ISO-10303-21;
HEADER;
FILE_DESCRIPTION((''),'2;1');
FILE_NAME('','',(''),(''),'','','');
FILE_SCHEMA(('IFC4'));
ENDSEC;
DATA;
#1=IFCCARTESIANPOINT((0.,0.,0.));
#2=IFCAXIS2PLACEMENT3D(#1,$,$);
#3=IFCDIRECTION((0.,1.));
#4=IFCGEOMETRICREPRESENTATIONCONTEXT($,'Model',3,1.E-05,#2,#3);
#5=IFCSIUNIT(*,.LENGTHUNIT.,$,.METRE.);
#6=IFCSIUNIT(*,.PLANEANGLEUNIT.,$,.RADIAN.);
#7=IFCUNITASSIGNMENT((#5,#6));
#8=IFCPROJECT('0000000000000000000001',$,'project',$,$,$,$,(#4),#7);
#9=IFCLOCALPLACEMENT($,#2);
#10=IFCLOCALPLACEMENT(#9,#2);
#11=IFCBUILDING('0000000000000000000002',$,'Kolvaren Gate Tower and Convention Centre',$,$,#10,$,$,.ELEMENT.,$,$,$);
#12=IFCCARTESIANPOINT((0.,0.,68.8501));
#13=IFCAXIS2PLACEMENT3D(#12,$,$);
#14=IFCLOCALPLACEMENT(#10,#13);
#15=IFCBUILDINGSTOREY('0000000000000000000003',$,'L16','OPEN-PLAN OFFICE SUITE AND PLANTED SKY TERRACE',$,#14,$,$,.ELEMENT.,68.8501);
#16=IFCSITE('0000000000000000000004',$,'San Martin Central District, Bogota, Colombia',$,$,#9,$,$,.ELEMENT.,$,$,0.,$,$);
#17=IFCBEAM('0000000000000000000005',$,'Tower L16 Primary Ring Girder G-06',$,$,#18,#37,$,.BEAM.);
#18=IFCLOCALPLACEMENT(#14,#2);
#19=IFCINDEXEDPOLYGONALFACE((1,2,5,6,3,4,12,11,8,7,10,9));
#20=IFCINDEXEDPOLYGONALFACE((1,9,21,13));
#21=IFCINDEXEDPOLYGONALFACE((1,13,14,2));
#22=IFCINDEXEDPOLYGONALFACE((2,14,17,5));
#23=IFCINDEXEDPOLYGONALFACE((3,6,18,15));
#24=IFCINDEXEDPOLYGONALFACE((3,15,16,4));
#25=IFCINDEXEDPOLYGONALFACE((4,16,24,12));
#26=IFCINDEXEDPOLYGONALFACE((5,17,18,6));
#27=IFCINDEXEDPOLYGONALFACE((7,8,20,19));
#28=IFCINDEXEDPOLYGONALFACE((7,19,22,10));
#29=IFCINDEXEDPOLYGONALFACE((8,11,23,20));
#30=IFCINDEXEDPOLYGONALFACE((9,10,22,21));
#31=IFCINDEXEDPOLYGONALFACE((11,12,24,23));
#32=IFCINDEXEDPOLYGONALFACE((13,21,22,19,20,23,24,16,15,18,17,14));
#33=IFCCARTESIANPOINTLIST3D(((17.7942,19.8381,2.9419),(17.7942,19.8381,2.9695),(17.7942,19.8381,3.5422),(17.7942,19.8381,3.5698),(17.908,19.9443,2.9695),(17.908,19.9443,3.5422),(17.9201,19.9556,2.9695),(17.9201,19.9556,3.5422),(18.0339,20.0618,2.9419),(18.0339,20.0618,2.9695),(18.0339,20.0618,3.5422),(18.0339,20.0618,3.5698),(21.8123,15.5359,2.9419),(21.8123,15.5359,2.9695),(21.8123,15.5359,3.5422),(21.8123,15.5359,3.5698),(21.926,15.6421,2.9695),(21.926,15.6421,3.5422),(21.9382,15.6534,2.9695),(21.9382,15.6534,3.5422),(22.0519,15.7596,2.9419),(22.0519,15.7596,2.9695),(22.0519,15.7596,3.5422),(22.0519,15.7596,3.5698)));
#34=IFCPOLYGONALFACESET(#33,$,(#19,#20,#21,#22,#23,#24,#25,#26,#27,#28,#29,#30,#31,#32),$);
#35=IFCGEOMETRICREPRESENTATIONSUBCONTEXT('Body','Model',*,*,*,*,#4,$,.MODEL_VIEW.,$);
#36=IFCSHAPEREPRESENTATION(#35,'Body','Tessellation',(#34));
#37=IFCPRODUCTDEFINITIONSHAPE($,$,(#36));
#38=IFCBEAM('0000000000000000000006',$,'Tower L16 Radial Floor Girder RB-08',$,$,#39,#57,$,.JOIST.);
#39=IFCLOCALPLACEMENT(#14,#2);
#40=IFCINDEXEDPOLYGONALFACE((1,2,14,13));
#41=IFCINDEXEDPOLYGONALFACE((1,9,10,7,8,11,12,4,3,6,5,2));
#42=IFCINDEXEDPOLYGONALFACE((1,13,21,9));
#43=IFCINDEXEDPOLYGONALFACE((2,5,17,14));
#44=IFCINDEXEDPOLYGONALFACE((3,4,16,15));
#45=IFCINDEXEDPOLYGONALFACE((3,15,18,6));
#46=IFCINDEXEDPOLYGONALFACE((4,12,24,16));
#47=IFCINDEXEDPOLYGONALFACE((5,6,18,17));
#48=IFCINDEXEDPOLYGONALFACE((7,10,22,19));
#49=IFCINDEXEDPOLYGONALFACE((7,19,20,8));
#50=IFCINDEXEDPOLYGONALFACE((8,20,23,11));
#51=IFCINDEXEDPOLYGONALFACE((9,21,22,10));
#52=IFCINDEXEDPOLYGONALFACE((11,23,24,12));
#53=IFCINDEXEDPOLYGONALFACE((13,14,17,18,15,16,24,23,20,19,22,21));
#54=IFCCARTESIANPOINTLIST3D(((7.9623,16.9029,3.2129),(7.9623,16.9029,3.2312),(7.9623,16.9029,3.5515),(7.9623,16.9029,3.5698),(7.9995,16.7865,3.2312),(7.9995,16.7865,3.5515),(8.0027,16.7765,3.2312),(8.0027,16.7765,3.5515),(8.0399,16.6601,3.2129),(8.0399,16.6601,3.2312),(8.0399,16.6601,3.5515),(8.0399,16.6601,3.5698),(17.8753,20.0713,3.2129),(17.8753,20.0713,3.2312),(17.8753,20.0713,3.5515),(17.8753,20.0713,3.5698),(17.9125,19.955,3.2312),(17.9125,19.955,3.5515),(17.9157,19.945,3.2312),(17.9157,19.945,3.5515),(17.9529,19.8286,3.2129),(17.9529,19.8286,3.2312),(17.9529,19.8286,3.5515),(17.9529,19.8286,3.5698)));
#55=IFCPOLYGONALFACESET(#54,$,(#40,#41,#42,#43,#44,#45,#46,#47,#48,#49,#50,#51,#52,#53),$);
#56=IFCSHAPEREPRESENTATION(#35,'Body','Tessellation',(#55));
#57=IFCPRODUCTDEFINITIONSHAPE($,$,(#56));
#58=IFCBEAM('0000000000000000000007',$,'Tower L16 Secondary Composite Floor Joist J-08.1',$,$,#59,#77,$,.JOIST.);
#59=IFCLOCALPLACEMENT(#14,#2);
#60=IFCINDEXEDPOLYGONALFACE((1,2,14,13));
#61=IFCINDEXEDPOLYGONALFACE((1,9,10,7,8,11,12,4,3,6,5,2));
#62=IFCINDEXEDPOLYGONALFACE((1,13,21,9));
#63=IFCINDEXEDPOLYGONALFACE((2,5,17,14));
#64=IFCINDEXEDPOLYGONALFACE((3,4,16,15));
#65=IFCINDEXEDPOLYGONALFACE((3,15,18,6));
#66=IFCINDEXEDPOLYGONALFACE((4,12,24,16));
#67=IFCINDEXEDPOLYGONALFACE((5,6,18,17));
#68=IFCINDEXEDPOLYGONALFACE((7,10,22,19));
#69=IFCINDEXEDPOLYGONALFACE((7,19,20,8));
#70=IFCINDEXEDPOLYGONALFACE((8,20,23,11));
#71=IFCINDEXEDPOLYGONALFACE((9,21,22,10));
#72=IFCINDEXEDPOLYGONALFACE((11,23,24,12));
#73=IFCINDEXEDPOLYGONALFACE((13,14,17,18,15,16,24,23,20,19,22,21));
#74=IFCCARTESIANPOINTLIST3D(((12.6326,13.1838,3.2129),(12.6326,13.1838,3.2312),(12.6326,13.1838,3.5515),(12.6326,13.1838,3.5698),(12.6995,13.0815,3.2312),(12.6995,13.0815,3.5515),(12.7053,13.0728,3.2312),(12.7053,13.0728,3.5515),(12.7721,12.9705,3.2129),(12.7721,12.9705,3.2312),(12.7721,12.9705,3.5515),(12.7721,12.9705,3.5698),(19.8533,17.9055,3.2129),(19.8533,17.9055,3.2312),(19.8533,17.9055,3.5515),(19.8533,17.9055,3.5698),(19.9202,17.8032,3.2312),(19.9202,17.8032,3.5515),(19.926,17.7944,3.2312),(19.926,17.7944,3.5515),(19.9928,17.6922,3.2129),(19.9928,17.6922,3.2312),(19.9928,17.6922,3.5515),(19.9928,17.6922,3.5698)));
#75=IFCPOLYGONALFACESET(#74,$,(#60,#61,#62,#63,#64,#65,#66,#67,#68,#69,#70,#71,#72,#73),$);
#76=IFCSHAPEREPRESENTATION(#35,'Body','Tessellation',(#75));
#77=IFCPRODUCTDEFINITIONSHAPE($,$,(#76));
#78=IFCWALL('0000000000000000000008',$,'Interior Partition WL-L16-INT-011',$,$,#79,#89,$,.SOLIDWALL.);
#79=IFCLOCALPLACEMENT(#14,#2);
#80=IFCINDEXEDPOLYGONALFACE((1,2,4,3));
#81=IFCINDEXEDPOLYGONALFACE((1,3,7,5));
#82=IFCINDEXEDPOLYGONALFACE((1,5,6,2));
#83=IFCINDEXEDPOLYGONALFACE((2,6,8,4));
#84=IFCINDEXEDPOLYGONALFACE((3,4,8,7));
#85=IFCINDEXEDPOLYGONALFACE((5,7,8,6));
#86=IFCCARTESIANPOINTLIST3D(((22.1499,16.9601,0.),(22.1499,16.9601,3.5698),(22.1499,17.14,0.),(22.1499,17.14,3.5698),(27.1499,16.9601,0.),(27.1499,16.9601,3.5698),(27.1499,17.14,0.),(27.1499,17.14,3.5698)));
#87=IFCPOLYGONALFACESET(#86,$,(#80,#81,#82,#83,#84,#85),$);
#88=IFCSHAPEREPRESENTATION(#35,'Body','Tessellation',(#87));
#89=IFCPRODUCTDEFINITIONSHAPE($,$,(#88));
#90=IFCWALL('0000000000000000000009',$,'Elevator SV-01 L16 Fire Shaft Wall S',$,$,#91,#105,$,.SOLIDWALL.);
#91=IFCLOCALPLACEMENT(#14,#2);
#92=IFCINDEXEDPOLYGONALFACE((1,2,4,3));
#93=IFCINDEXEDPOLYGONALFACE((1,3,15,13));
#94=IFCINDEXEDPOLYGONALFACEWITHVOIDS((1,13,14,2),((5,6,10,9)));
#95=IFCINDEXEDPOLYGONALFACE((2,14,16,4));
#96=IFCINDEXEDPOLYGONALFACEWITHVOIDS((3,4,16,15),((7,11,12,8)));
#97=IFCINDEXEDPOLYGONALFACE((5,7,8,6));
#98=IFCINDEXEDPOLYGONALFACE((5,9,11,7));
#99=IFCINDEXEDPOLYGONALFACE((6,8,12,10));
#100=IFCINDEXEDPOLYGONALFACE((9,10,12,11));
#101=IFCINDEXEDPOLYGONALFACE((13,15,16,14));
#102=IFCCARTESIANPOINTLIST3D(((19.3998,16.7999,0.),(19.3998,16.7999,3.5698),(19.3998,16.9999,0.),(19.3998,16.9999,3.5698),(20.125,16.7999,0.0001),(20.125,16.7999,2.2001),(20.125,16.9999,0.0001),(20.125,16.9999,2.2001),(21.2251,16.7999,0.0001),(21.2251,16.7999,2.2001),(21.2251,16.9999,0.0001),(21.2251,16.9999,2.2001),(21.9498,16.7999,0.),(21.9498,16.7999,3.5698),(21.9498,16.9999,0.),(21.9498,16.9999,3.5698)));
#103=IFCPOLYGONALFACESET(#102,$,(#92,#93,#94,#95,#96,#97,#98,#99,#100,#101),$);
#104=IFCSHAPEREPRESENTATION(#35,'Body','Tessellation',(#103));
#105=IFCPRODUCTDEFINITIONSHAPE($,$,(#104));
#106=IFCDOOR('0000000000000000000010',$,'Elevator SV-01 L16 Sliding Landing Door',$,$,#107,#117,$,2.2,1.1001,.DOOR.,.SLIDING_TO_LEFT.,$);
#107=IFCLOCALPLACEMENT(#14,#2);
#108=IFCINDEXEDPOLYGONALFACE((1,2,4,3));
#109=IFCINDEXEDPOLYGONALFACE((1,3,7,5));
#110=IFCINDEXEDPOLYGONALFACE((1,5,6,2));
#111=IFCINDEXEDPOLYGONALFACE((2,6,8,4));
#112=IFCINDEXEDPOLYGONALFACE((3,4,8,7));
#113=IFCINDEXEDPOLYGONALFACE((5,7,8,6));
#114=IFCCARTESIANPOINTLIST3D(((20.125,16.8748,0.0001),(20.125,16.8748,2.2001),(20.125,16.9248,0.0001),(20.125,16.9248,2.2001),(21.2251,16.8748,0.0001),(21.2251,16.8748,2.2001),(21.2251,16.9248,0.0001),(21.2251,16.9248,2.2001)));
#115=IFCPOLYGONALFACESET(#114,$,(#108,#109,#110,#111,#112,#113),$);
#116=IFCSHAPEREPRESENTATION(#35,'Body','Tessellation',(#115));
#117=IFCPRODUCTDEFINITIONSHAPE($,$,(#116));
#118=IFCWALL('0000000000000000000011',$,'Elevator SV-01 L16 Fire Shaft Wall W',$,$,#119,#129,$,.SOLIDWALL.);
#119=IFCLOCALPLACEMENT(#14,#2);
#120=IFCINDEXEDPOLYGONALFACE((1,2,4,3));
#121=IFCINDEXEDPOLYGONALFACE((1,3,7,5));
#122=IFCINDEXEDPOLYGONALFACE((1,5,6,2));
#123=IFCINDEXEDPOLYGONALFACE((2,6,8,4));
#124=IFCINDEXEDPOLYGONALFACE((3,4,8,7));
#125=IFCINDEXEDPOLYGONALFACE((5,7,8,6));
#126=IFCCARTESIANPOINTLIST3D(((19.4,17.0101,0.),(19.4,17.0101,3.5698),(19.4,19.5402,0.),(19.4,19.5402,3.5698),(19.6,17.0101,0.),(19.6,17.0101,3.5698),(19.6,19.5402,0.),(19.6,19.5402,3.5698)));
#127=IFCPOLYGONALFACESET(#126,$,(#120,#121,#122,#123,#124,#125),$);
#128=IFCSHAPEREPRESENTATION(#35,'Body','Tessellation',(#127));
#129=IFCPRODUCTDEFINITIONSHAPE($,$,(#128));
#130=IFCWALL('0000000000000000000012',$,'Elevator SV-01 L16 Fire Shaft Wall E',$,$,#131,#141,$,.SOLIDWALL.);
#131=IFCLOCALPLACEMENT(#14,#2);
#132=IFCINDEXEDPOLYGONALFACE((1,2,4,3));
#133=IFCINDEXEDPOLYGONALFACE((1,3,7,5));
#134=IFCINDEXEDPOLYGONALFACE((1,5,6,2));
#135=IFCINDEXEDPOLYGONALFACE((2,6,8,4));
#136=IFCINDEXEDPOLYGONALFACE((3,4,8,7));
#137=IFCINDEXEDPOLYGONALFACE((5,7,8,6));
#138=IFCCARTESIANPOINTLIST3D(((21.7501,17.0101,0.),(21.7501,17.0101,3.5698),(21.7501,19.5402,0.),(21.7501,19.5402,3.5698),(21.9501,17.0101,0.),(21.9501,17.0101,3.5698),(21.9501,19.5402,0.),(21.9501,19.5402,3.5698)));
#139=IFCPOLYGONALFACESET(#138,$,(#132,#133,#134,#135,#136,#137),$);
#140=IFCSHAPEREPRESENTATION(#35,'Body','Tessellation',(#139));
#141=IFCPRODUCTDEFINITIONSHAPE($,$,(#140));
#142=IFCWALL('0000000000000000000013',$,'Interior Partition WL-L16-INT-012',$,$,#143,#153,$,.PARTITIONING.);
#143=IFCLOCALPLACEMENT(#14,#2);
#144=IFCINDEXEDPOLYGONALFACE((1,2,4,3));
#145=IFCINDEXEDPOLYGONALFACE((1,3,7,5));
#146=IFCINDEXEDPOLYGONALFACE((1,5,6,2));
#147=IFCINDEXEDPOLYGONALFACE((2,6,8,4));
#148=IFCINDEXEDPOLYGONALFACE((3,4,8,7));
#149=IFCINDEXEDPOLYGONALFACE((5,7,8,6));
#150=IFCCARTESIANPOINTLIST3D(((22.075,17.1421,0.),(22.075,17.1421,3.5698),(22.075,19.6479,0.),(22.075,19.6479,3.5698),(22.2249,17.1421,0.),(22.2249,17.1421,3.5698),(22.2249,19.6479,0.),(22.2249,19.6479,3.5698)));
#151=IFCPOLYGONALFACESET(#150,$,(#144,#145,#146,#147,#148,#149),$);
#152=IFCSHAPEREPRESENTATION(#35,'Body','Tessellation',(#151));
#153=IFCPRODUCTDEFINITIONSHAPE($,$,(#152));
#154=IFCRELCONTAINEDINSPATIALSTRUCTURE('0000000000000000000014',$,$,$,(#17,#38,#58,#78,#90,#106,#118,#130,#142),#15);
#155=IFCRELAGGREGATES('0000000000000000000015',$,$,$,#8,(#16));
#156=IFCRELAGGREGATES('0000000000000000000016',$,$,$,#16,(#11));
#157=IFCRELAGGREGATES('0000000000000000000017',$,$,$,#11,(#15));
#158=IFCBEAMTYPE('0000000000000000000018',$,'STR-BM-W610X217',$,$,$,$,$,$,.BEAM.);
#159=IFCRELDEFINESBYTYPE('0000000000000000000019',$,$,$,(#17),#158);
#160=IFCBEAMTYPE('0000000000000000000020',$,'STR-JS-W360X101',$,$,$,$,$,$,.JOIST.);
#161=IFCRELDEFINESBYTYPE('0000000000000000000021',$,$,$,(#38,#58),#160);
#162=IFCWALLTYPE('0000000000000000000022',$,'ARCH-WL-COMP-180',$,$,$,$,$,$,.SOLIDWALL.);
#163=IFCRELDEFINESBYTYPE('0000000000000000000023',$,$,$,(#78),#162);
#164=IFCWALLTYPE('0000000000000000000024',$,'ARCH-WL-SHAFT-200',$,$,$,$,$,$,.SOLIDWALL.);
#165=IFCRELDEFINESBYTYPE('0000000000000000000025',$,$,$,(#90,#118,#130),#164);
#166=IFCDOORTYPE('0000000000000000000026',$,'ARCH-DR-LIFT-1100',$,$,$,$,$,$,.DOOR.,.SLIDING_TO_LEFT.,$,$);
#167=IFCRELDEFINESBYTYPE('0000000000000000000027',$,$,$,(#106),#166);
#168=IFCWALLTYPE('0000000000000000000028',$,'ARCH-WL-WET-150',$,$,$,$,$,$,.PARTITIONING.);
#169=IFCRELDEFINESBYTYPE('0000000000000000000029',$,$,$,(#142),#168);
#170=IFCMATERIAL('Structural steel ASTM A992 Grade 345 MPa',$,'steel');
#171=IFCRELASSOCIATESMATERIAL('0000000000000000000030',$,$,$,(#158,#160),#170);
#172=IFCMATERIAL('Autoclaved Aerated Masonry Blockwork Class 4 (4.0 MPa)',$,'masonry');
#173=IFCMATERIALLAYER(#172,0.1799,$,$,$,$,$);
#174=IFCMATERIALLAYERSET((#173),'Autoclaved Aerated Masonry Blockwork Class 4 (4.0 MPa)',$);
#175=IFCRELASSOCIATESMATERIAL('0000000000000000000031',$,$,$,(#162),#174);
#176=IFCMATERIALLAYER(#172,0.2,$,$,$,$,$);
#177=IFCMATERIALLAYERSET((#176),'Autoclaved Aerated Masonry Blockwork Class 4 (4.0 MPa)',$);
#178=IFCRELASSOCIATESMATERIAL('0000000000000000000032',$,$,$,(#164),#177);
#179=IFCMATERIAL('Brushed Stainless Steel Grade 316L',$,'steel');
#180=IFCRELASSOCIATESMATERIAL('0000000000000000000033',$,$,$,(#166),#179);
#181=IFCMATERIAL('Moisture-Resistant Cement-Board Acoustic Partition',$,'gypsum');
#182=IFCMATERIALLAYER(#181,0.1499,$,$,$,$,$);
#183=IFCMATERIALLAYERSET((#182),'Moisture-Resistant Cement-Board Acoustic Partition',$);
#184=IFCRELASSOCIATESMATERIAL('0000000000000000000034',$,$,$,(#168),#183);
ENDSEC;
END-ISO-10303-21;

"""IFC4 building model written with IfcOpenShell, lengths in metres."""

from ifc_helpers import new_model, si_unit, direction, frame, frame_2d, origin, origin_2d, place, context, subcontext, project, spatial, rectangle, i_section, extrude, material, layer, layer_set, material_profile, profile_set, type_object, element, fill, save


model = new_model("IFC4")

# Units and contexts
model_context = context("Model", 3, precision=1e-05, world=origin(), true_north=direction((0.0, 1.0)))
body_context = subcontext(model_context, "Body", "Model", "MODEL_VIEW")
ifc_project = project(units=[si_unit("LENGTHUNIT", "METRE"), si_unit("PLANEANGLEUNIT", "RADIAN")], contexts=[model_context])

# Site, building, storey
site_placement = place(None, origin())
site = spatial("IfcSite", under=ifc_project, at=site_placement, Name="San Martin Central District, Bogota, Colombia", CompositionType="ELEMENT", RefElevation=0.0)
building_placement = place(site_placement, origin())
building = spatial("IfcBuilding", under=site, at=building_placement, Name="Kolvaren Gate Tower and Convention Centre", CompositionType="ELEMENT")
storey_placement = place(building_placement, frame((0.0, 0.0, 68.8501)))
storey = spatial("IfcBuildingStorey", under=building, at=storey_placement, Name="L16", Description="OPEN-PLAN OFFICE SUITE AND PLANTED SKY TERRACE", CompositionType="ELEMENT", Elevation=68.8501)

# Beams
ifc_material_1 = material(Name="Structural steel ASTM A992 Grade 345 MPa", Category="steel")
ifc_material_profile_1 = material_profile(ifc_material_1, i_section(OverallWidth=0.3279, OverallDepth=0.6279, WebThickness=0.0166, FlangeThickness=0.0276, at=origin_2d()), Name="W610X217")
ifc_profile_set_1 = profile_set([ifc_material_profile_1], Name="Structural steel ASTM A992 Grade 345 MPa")
beam_type_1 = type_object("IfcBeamType", Name="STR-BM-W610X217", PredefinedType="BEAM", material=ifc_profile_set_1)
beam_1_placement = place(storey_placement, frame((17.9141, 19.95, 3.2559), z_axis=(0.682558, -0.730832, 0.0), x_axis=(0.730832, 0.682558, 0.0)))
element("IfcBeam", 1, at=beam_1_placement, inside=storey, type_object=beam_type_1, Name="Tower L16 Primary Ring Girder G-06", PredefinedType="BEAM", context=body_context, shape_type="SweptSolid", body=[
    extrude(i_section(OverallWidth=0.3279, OverallDepth=0.6279, WebThickness=0.0166, FlangeThickness=0.0276, at=origin_2d()), origin(), (0.0, 0.0, 1.0), 5.8867),
])
ifc_material_profile_2 = material_profile(ifc_material_1, i_section(OverallWidth=0.2549, OverallDepth=0.3569, WebThickness=0.0105, FlangeThickness=0.0183, at=origin_2d()), Name="W360X101")
ifc_profile_set_2 = profile_set([ifc_material_profile_2], Name="Structural steel ASTM A992 Grade 345 MPa")
beam_type_2 = type_object("IfcBeamType", Name="STR-JS-W360X101", PredefinedType="JOIST", material=ifc_profile_set_2)
beam_2_placement = place(storey_placement, frame((17.9141, 19.95, 3.3914), z_axis=(-0.952526, -0.304457, 0.0), x_axis=(0.304457, -0.952526, 0.0)))
element("IfcBeam", 2, at=beam_2_placement, inside=storey, type_object=beam_type_2, Name="Tower L16 Radial Floor Girder RB-08", PredefinedType="JOIST", context=body_context, shape_type="SweptSolid", body=[
    extrude(i_section(OverallWidth=0.2549, OverallDepth=0.3569, WebThickness=0.0105, FlangeThickness=0.0183, at=origin_2d()), origin(), (0.0, 0.0, 1.0), 10.407),
])
beam_3_placement = place(storey_placement, frame((19.9231, 17.7988, 3.3914), z_axis=(-0.836946, -0.547286, 0.0), x_axis=(0.547286, -0.836946, 0.0)))
element("IfcBeam", 3, at=beam_3_placement, inside=storey, type_object=beam_type_2, Name="Tower L16 Secondary Composite Floor Joist J-08.1", PredefinedType="JOIST", context=body_context, shape_type="SweptSolid", body=[
    extrude(i_section(OverallWidth=0.2549, OverallDepth=0.3569, WebThickness=0.0105, FlangeThickness=0.0183, at=origin_2d()), origin(), (0.0, 0.0, 1.0), 8.6274),
])

# Wall
ifc_material_2 = material(Name="Autoclaved Aerated Masonry Blockwork Class 4 (4.0 MPa)", Category="masonry")
ifc_layer_1 = layer(ifc_material_2, 0.1799)
ifc_layer_set_1 = layer_set([ifc_layer_1], Name="Autoclaved Aerated Masonry Blockwork Class 4 (4.0 MPa)")
wall_type_1 = type_object("IfcWallType", Name="ARCH-WL-COMP-180", PredefinedType="SOLIDWALL", material=ifc_layer_set_1)
wall_1_placement = place(storey_placement, frame((22.1499, 17.05, 0.0), z_axis=(0.0, 0.0, 1.0), x_axis=(1.0, 0.0, 0.0)))
element("IfcWall", 4, at=wall_1_placement, inside=storey, type_object=wall_type_1, Name="Interior Partition WL-L16-INT-011", PredefinedType="SOLIDWALL", context=body_context, shape_type="SweptSolid", body=[
    extrude(rectangle(XDim=5.0, YDim=0.1799, at=frame_2d((2.5, 0.0))), origin(), (0.0, 0.0, 1.0), 3.5698),
])

# Wall, opening, door
ifc_layer_2 = layer(ifc_material_2, 0.2)
ifc_layer_set_2 = layer_set([ifc_layer_2], Name="Autoclaved Aerated Masonry Blockwork Class 4 (4.0 MPa)")
wall_type_2 = type_object("IfcWallType", Name="ARCH-WL-SHAFT-200", PredefinedType="SOLIDWALL", material=ifc_layer_set_2)
wall_2_placement = place(storey_placement, frame((19.3999, 16.8999, 0.0), z_axis=(0.0, 0.0, 1.0), x_axis=(1.0, 0.0, 0.0)))
wall_2 = element("IfcWall", 5, at=wall_2_placement, inside=storey, type_object=wall_type_2, Name="Elevator SV-01 L16 Fire Shaft Wall S", PredefinedType="SOLIDWALL", context=body_context, shape_type="SweptSolid", body=[
    extrude(rectangle(XDim=2.55, YDim=0.2, at=frame_2d((1.2749, 0.0))), origin(), (0.0, 0.0, 1.0), 3.5698),
])
opening_placement = place(wall_2_placement, frame((0.7251, 0.0, 0.0)))
opening = element("IfcOpeningElement", 6, at=opening_placement, cuts=wall_2, PredefinedType="OPENING", context=body_context, shape_type="SweptSolid", body=[
    extrude(rectangle(XDim=1.1001, YDim=2.2, at=frame_2d((0.55, 1.1001))), frame((0.0, 0.1099, 0.0), z_axis=(0.0, -1.0, 0.0), x_axis=(1.0, 0.0, 0.0)), (0.0, 0.0, 1.0), 0.22),
])
ifc_material_3 = material(Name="Brushed Stainless Steel Grade 316L", Category="steel")
door_type = type_object("IfcDoorType", Name="ARCH-DR-LIFT-1100", OperationType="SLIDING_TO_LEFT", PredefinedType="DOOR", material=ifc_material_3)
door_placement = place(opening_placement, origin())
door = element("IfcDoor", 7, at=door_placement, inside=storey, type_object=door_type, Name="Elevator SV-01 L16 Sliding Landing Door", OperationType="SLIDING_TO_LEFT", OverallHeight=2.2, OverallWidth=1.1001, PredefinedType="DOOR", context=body_context, shape_type="SweptSolid", body=[
    extrude(rectangle(XDim=1.1001, YDim=2.2, at=frame_2d((0.55, 1.1001))), frame((0.0, 0.0249, 0.0), z_axis=(0.0, -1.0, 0.0), x_axis=(1.0, 0.0, 0.0)), (0.0, 0.0, 1.0), 0.05),
])
fill(opening, door)

# Walls
for number, where, z_axis, x_axis, name in (
    (8, (19.5, 17.01, 0.0), (0.0, 0.0, 1.0), (0.0, 1.0, 0.0), "Elevator SV-01 L16 Fire Shaft Wall W"),
    (9, (21.8501, 17.01, 0.0), (0.0, 0.0, 1.0), (0.0, 1.0, 0.0), "Elevator SV-01 L16 Fire Shaft Wall E"),
):
    element("IfcWall", number, at=place(storey_placement, frame(where, z_axis=z_axis, x_axis=x_axis)), inside=storey, type_object=wall_type_2, Name=name, PredefinedType="SOLIDWALL", context=body_context, shape_type="SweptSolid", body=[
        extrude(rectangle(XDim=2.53, YDim=0.2, at=frame_2d((1.2651, 0.0))), origin(), (0.0, 0.0, 1.0), 3.5698),
    ])
ifc_material_4 = material(Name="Moisture-Resistant Cement-Board Acoustic Partition", Category="gypsum")
ifc_layer_3 = layer(ifc_material_4, 0.1499)
ifc_layer_set_3 = layer_set([ifc_layer_3], Name="Moisture-Resistant Cement-Board Acoustic Partition")
wall_type_3 = type_object("IfcWallType", Name="ARCH-WL-WET-150", PredefinedType="PARTITIONING", material=ifc_layer_set_3)
wall_3_placement = place(storey_placement, frame((22.1499, 17.1421, 0.0), z_axis=(0.0, 0.0, 1.0), x_axis=(0.0, 1.0, 0.0)))
element("IfcWall", 10, at=wall_3_placement, inside=storey, type_object=wall_type_3, Name="Interior Partition WL-L16-INT-012", PredefinedType="PARTITIONING", context=body_context, shape_type="SweptSolid", body=[
    extrude(rectangle(XDim=2.5059, YDim=0.1499, at=frame_2d((1.2529, 0.0))), origin(), (0.0, 0.0, 1.0), 3.5698),
])

save(model, "model.ifc")
